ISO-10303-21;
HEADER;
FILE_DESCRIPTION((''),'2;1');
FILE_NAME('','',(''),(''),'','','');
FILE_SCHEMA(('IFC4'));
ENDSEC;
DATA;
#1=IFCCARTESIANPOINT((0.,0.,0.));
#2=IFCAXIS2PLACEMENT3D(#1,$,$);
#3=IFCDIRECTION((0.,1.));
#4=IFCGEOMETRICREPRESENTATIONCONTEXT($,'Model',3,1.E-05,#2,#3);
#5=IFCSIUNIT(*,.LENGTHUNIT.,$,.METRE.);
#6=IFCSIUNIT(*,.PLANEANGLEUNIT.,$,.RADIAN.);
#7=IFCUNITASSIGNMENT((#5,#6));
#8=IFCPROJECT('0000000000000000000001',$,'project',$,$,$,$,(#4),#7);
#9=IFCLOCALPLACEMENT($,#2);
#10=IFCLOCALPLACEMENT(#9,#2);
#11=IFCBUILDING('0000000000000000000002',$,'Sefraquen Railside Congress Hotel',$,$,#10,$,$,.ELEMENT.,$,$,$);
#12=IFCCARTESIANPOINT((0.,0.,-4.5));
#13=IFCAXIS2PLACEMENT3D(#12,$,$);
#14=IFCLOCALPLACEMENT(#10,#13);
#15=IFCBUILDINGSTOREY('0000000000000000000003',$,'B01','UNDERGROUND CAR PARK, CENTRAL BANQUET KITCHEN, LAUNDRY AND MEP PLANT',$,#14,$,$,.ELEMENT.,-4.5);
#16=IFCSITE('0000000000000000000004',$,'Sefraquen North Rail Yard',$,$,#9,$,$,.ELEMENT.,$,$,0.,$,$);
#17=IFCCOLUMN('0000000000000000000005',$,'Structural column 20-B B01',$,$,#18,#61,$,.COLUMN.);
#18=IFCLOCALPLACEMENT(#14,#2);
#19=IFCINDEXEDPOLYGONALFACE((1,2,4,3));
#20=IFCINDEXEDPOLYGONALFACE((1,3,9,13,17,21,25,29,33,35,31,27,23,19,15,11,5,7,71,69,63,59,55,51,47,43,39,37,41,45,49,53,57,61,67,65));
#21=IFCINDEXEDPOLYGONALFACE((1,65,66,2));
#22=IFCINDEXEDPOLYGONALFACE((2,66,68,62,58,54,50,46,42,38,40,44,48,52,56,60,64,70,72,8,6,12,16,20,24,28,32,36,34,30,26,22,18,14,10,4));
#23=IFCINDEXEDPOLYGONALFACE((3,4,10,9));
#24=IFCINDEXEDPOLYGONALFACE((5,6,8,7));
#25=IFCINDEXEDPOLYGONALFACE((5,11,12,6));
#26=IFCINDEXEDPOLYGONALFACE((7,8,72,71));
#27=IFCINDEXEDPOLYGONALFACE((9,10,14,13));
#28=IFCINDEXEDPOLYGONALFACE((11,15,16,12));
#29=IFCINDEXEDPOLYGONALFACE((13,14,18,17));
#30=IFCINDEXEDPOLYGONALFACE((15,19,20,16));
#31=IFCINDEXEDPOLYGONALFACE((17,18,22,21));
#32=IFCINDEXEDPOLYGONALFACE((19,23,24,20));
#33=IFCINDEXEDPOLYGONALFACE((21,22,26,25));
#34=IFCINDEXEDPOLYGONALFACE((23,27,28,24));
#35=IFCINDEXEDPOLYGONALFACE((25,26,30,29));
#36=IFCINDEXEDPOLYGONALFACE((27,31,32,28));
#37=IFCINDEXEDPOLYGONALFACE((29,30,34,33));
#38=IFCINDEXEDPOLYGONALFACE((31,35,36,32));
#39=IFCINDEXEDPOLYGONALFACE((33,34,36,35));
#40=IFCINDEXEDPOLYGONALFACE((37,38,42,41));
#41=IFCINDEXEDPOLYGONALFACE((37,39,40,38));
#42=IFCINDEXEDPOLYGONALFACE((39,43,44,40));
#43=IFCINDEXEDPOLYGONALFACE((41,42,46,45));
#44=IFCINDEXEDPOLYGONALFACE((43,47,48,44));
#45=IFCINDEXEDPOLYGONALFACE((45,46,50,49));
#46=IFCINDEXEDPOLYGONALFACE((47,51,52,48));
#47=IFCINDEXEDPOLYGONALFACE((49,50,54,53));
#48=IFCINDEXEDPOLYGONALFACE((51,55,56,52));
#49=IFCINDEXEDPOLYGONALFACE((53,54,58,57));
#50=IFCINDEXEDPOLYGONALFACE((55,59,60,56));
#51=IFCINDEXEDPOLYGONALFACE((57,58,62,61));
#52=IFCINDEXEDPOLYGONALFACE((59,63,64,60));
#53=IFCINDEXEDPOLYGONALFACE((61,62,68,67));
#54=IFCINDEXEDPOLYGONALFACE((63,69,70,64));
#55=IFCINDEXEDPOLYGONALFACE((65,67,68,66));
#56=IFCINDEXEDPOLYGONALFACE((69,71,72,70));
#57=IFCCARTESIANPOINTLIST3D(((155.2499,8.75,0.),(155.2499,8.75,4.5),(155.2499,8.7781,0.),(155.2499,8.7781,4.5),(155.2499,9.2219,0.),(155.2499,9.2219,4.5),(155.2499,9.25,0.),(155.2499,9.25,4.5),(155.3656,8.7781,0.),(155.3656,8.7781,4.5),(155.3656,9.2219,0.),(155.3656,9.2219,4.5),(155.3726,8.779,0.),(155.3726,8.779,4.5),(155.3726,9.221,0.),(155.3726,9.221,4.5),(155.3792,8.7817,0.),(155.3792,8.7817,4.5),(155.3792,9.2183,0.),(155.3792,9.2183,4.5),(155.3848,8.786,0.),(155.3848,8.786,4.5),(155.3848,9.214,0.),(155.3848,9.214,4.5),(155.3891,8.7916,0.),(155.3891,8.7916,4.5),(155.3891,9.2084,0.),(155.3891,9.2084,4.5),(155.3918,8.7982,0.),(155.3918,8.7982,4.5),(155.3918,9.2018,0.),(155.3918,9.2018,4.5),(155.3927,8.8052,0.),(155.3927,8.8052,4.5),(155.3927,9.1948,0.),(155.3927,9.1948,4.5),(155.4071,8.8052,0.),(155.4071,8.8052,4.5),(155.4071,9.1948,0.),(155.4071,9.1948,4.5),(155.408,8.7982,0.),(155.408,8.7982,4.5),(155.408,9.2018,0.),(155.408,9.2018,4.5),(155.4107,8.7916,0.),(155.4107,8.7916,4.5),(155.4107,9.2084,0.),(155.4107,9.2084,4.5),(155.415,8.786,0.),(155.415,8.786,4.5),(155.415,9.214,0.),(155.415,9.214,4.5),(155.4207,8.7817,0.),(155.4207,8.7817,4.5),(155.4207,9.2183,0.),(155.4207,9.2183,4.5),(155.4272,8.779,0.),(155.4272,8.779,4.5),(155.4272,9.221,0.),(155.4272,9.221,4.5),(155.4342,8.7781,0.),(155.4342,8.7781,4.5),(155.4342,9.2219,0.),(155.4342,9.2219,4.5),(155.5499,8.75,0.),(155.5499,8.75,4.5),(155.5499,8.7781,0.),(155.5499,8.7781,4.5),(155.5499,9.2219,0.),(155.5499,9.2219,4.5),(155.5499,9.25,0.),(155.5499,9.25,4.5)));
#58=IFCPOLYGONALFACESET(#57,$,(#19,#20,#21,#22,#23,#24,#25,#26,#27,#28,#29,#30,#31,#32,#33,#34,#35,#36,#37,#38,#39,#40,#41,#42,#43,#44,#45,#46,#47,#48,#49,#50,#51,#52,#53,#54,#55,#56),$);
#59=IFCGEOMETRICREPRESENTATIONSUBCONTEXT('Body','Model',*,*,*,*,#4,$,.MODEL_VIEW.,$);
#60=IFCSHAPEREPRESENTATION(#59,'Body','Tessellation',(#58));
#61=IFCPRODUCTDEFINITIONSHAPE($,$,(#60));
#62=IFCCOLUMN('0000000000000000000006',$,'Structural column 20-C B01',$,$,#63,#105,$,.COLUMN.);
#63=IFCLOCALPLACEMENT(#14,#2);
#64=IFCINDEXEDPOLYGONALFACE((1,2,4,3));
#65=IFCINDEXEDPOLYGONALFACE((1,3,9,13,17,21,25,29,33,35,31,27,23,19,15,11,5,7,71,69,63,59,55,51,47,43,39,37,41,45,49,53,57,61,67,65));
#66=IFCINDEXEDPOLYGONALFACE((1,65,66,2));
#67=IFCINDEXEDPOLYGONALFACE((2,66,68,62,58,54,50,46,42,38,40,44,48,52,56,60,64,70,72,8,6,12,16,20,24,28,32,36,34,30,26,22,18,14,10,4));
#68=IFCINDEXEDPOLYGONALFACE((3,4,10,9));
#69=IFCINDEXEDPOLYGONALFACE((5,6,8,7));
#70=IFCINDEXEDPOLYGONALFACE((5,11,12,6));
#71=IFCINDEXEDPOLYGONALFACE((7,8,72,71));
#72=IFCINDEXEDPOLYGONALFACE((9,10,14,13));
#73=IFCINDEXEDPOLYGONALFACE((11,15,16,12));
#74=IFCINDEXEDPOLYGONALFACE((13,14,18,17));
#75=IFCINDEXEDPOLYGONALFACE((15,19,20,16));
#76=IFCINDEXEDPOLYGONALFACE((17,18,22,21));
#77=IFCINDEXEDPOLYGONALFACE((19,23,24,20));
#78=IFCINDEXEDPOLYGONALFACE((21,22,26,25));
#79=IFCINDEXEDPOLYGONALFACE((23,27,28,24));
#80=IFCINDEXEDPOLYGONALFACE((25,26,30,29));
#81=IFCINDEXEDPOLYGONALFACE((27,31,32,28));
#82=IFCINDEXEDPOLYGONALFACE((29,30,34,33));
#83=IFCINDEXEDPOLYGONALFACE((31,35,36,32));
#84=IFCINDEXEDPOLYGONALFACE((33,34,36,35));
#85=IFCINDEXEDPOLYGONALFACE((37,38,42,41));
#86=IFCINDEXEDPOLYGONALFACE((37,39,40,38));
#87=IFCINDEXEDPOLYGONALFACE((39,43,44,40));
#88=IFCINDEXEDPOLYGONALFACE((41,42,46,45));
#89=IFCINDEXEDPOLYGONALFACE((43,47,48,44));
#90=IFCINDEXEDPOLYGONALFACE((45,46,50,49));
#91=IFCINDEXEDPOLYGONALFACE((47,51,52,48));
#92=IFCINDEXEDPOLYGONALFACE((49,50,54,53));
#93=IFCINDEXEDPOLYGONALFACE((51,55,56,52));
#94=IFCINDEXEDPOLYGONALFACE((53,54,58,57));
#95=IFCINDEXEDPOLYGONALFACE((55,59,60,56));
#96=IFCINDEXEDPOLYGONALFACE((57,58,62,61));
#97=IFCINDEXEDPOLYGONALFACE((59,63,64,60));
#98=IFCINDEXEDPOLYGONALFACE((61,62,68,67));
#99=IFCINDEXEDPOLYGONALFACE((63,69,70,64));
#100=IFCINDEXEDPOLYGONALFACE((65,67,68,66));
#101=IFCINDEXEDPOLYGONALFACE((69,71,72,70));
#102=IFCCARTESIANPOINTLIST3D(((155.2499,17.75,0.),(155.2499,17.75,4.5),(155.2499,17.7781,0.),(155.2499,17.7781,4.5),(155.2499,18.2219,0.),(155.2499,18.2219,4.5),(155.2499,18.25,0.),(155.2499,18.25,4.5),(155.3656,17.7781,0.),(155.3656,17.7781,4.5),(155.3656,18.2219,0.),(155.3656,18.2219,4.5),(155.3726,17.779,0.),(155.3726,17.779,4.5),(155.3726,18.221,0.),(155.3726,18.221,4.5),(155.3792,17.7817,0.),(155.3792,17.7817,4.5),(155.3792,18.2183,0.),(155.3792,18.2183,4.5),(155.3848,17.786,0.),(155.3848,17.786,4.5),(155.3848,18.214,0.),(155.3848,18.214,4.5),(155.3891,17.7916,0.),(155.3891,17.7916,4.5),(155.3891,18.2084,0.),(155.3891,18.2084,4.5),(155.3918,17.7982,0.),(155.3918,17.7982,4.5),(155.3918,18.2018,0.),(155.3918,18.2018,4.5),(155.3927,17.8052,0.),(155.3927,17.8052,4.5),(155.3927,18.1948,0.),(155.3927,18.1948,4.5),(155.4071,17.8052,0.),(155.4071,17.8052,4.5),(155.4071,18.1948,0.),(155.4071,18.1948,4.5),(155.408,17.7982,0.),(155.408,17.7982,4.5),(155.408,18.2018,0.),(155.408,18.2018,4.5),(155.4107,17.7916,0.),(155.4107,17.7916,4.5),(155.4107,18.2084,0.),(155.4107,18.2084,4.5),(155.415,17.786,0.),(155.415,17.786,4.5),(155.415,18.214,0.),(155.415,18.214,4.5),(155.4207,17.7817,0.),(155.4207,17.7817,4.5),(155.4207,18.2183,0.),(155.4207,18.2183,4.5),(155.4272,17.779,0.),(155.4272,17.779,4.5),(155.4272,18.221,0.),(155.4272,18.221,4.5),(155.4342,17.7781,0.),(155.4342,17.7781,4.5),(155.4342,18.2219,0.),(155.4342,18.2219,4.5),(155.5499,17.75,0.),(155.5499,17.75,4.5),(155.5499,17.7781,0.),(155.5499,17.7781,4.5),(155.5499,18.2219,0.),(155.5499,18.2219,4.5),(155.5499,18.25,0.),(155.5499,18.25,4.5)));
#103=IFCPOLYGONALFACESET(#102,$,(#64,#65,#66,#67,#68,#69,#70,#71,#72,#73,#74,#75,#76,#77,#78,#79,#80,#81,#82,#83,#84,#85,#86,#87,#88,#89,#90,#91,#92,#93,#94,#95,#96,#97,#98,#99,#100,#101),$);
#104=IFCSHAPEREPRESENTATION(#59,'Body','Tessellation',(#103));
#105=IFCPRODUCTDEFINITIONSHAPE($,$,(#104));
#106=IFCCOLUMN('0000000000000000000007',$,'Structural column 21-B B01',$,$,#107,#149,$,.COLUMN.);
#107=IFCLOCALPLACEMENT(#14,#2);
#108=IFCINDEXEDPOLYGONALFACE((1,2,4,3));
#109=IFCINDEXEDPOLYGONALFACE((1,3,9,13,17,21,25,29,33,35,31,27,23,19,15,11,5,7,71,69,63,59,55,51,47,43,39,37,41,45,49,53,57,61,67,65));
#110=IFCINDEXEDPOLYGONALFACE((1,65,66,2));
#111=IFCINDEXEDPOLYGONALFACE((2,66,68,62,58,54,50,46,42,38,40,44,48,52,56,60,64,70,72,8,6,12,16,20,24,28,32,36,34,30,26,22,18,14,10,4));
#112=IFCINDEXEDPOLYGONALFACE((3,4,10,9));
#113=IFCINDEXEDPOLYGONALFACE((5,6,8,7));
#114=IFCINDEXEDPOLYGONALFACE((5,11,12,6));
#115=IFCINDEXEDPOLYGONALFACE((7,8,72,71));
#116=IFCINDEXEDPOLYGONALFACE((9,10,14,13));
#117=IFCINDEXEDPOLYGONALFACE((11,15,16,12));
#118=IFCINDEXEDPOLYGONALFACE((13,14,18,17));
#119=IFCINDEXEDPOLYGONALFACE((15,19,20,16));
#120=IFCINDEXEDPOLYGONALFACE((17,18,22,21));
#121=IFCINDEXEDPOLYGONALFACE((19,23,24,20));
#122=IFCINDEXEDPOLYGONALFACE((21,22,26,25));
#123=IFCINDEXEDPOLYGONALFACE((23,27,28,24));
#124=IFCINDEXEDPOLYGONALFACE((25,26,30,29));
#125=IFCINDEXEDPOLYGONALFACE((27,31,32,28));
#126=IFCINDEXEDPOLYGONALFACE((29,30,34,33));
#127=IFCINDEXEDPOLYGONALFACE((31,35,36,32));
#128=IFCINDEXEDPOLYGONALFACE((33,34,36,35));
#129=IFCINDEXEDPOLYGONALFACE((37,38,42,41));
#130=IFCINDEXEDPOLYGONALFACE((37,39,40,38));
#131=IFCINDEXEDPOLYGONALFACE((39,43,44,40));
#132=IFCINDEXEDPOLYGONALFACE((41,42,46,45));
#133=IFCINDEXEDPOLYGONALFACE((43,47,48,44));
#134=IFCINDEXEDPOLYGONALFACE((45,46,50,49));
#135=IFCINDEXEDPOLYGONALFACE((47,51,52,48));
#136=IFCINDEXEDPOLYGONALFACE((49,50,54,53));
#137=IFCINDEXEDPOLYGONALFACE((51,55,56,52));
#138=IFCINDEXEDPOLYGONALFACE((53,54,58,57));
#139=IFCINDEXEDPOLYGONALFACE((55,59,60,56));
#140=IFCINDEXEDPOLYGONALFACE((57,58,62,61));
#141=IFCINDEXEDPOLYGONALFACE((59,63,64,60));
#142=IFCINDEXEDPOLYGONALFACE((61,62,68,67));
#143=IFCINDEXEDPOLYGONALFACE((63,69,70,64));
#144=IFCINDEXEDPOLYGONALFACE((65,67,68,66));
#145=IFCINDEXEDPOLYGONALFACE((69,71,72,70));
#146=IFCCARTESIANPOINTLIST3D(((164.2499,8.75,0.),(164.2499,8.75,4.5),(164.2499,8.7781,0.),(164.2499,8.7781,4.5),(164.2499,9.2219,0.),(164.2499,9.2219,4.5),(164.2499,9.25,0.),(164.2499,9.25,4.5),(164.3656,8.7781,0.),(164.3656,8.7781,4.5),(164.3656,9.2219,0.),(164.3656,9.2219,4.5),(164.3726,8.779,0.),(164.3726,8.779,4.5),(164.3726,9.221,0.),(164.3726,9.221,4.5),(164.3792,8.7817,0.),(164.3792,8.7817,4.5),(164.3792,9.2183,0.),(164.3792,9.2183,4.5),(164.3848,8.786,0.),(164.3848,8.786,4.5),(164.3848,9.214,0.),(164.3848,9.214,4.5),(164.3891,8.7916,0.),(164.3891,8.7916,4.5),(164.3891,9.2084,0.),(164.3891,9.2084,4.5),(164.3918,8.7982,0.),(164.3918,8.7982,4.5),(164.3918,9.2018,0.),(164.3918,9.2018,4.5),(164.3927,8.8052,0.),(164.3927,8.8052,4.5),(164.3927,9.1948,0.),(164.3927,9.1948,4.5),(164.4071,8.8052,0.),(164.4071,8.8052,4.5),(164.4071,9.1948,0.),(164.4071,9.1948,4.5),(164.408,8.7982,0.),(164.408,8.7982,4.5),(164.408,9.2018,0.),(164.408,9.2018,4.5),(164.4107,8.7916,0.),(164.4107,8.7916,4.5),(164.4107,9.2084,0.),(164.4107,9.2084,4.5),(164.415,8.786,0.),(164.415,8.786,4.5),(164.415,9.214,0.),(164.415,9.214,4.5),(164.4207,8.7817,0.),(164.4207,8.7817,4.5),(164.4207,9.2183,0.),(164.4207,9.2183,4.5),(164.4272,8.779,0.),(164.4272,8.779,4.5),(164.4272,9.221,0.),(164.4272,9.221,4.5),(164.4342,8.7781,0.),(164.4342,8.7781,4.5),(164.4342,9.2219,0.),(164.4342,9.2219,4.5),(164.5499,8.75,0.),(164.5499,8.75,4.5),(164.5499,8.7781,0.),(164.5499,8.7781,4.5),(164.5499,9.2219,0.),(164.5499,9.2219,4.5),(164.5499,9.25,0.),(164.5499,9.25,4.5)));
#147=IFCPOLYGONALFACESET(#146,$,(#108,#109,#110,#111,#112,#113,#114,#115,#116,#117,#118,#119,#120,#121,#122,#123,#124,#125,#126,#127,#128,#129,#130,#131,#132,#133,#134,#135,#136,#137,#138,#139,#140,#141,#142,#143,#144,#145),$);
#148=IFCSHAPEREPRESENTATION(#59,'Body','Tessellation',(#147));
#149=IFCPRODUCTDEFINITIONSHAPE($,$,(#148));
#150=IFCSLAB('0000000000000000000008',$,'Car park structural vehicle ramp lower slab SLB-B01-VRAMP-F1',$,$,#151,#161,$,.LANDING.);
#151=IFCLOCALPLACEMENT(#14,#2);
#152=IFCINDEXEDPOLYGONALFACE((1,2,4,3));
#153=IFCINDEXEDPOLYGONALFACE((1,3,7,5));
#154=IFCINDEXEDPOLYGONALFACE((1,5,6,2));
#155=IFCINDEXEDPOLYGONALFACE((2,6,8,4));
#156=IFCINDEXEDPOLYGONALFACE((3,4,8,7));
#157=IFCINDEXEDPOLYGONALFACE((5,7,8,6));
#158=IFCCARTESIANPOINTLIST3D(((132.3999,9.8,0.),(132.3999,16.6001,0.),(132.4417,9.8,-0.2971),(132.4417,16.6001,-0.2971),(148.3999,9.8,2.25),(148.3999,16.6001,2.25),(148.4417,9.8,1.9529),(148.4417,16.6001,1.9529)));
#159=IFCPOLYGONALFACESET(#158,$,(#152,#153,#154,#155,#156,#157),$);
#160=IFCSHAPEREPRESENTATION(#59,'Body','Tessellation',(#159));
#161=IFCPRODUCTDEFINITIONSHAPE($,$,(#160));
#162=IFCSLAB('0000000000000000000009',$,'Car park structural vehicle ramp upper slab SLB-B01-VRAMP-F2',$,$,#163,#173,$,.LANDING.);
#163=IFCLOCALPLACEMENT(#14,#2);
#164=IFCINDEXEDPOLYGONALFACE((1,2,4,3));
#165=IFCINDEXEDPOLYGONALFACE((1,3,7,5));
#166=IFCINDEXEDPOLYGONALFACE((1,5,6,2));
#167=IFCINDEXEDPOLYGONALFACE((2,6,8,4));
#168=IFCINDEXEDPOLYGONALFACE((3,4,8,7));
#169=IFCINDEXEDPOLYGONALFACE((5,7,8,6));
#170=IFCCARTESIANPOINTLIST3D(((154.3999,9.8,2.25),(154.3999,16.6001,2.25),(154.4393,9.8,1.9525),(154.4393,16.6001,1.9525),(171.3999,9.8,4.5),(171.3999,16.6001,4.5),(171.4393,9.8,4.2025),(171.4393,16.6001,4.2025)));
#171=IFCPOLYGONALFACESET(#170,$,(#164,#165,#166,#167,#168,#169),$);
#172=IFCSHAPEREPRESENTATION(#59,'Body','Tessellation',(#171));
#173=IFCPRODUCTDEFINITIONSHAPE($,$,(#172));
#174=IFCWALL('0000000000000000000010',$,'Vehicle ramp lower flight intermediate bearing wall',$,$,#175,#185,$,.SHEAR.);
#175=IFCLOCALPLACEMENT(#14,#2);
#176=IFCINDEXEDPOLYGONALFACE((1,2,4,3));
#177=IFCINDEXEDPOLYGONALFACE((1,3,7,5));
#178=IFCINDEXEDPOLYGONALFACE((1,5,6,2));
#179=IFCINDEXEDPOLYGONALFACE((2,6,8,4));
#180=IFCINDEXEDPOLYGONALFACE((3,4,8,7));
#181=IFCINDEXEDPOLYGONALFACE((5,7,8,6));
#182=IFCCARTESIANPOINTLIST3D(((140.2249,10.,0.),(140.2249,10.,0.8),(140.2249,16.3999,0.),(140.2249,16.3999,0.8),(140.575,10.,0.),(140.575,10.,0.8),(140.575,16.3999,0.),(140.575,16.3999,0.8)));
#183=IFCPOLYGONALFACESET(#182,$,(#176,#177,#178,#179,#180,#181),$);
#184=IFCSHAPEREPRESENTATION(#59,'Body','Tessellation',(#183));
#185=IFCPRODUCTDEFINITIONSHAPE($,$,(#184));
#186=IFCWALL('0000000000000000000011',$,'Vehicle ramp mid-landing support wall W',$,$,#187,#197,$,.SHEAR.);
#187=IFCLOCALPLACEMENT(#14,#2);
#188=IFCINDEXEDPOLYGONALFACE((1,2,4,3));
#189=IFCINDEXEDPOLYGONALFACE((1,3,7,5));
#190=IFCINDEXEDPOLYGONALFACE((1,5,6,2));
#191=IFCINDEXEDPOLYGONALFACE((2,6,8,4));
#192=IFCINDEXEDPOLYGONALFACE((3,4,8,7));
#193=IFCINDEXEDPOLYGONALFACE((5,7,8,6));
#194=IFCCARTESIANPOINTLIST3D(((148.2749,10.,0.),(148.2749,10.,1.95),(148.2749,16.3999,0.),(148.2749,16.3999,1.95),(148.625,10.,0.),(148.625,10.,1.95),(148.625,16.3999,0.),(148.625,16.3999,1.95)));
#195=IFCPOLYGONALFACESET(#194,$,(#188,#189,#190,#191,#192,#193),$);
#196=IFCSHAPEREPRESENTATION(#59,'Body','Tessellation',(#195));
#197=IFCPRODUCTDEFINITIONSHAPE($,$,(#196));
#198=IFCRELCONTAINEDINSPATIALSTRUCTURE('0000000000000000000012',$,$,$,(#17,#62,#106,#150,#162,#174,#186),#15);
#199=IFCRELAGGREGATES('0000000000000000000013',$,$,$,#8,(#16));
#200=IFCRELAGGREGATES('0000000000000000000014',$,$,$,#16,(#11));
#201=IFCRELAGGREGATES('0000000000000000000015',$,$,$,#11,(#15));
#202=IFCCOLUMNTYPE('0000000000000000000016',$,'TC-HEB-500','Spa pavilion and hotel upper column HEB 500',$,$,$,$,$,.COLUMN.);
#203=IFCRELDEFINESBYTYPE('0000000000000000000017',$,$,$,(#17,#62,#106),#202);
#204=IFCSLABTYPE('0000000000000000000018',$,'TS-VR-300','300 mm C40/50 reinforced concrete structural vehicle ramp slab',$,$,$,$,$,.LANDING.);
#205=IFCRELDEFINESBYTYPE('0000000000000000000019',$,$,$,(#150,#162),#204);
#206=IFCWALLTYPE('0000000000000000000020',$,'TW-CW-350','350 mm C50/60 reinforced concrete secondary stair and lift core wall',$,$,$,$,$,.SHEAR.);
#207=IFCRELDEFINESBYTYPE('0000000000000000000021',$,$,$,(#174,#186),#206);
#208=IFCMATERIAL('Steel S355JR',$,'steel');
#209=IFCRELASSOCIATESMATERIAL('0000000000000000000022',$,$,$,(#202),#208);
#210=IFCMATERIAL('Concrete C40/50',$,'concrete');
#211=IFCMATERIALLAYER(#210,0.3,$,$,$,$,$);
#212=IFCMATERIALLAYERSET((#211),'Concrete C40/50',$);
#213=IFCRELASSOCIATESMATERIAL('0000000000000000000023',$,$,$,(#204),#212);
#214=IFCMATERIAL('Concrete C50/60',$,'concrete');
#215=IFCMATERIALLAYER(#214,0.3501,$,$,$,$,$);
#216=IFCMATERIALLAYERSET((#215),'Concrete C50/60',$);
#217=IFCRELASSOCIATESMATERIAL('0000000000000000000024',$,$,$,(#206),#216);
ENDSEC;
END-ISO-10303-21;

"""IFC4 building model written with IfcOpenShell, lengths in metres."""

from ifc_helpers import new_model, si_unit, direction, frame, frame_2d, origin, origin_2d, place, context, subcontext, project, spatial, polyline, rectangle, i_section, outline, extrude, material, layer, layer_set, material_profile, profile_set, type_object, element, save


model = new_model("IFC4")

# Units and contexts
model_context = context("Model", 3, precision=1e-05, world=origin(), true_north=direction((0.0, 1.0)))
body_context = subcontext(model_context, "Body", "Model", "MODEL_VIEW")
ifc_project = project(units=[si_unit("LENGTHUNIT", "METRE"), si_unit("PLANEANGLEUNIT", "RADIAN")], contexts=[model_context])

# Site, building, storey
site_placement = place(None, origin())
site = spatial("IfcSite", under=ifc_project, at=site_placement, Name="Sefraquen North Rail Yard", CompositionType="ELEMENT", RefElevation=0.0)
building_placement = place(site_placement, origin())
building = spatial("IfcBuilding", under=site, at=building_placement, Name="Sefraquen Railside Congress Hotel", CompositionType="ELEMENT")
storey_placement = place(building_placement, frame((0.0, 0.0, -4.5)))
storey = spatial("IfcBuildingStorey", under=building, at=storey_placement, Name="B01", Description="UNDERGROUND CAR PARK, CENTRAL BANQUET KITCHEN, LAUNDRY AND MEP PLANT", CompositionType="ELEMENT", Elevation=-4.5)

# Shared definitions
ifc_material_1 = material(Name="Concrete C40/50", Category="concrete")

# Columns
ifc_material_2 = material(Name="Steel S355JR", Category="steel")
ifc_material_profile = material_profile(ifc_material_2, i_section(OverallWidth=0.3, OverallDepth=0.5, WebThickness=0.0144, FlangeThickness=0.0281, FilletRadius=0.0271, at=origin_2d()), Name="HEB 500")
ifc_profile_set = profile_set([ifc_material_profile], Name="Steel S355JR")
column_type = type_object("IfcColumnType", Name="TC-HEB-500", Description="Spa pavilion and hotel upper column HEB 500", PredefinedType="COLUMN", material=ifc_profile_set)
for number, where, z_axis, x_axis, name in (
    (1, (155.3999, 9.0, 0.0), (0.0, 0.0, 1.0), (1.0, 0.0, 0.0), "Structural column 20-B B01"),
    (2, (155.3999, 18.0, 0.0), (0.0, 0.0, 1.0), (1.0, 0.0, 0.0), "Structural column 20-C B01"),
    (3, (164.3999, 9.0, 0.0), (0.0, 0.0, 1.0), (1.0, 0.0, 0.0), "Structural column 21-B B01"),
):
    element("IfcColumn", number, at=place(storey_placement, frame(where, z_axis=z_axis, x_axis=x_axis)), inside=storey, type_object=column_type, Name=name, PredefinedType="COLUMN", context=body_context, shape_type="SweptSolid", body=[
        extrude(i_section(OverallWidth=0.3, OverallDepth=0.5, WebThickness=0.0144, FlangeThickness=0.0281, FilletRadius=0.0271, at=origin_2d()), origin(), (0.0, 0.0, 1.0), 4.5),
    ])

# Slabs
ifc_layer_1 = layer(ifc_material_1, 0.3)
ifc_layer_set_1 = layer_set([ifc_layer_1], Name="Concrete C40/50")
slab_type = type_object("IfcSlabType", Name="TS-VR-300", Description="300 mm C40/50 reinforced concrete structural vehicle ramp slab", PredefinedType="LANDING", material=ifc_layer_set_1)
slab_1_placement = place(storey_placement, frame((132.3999, 9.8, 0.0), z_axis=(-0.139255, 0.0, 0.990257), x_axis=(0.990257, 0.0, 0.139255)))
element("IfcSlab", 4, at=slab_1_placement, inside=storey, type_object=slab_type, Name="Car park structural vehicle ramp lower slab SLB-B01-VRAMP-F1", PredefinedType="LANDING", context=body_context, shape_type="SweptSolid", body=[
    extrude(outline(polyline([(0.0, 0.0), (16.1574, 0.0), (16.1574, 6.8), (0.0, 6.8), (0.0, 0.0)])), origin(), (0.0, 0.0, -1.0), 0.3),
])
slab_2_placement = place(storey_placement, frame((154.3999, 9.8, 2.25), z_axis=(-0.131209, 0.0, 0.991355), x_axis=(0.991355, 0.0, 0.131209)))
element("IfcSlab", 5, at=slab_2_placement, inside=storey, type_object=slab_type, Name="Car park structural vehicle ramp upper slab SLB-B01-VRAMP-F2", PredefinedType="LANDING", context=body_context, shape_type="SweptSolid", body=[
    extrude(outline(polyline([(0.0, 0.0), (17.1483, 0.0), (17.1483, 6.8), (0.0, 6.8), (0.0, 0.0)])), origin(), (0.0, 0.0, -1.0), 0.3),
])

# Walls
ifc_material_3 = material(Name="Concrete C50/60", Category="concrete")
ifc_layer_2 = layer(ifc_material_3, 0.3501)
ifc_layer_set_2 = layer_set([ifc_layer_2], Name="Concrete C50/60")
wall_type_1 = type_object("IfcWallType", Name="TW-CW-350", Description="350 mm C50/60 reinforced concrete secondary stair and lift core wall", PredefinedType="SHEAR", material=ifc_layer_set_2)
wall_1_placement = place(storey_placement, frame((140.3999, 10.0, 0.0), z_axis=(0.0, 0.0, 1.0), x_axis=(0.0, 1.0, 0.0)))
element("IfcWall", 6, at=wall_1_placement, inside=storey, type_object=wall_type_1, Name="Vehicle ramp lower flight intermediate bearing wall", PredefinedType="SHEAR", context=body_context, shape_type="SweptSolid", body=[
    extrude(rectangle(XDim=6.3999, YDim=0.3501, at=frame_2d((3.2, 0.0))), origin(), (0.0, 0.0, 1.0), 0.8),
])
for number, where, z_axis, x_axis, name in (
    (7, (148.45, 10.0, 0.0), (0.0, 0.0, 1.0), (0.0, 1.0, 0.0), "Vehicle ramp mid-landing support wall W"),
):
    element("IfcWall", number, at=place(storey_placement, frame(where, z_axis=z_axis, x_axis=x_axis)), inside=storey, type_object=wall_type_1, Name=name, PredefinedType="SHEAR", context=body_context, shape_type="SweptSolid", body=[
        extrude(rectangle(XDim=6.3999, YDim=0.3501, at=frame_2d((3.2, 0.0))), origin(), (0.0, 0.0, 1.0), 1.95),
    ])

save(model, "model.ifc")
